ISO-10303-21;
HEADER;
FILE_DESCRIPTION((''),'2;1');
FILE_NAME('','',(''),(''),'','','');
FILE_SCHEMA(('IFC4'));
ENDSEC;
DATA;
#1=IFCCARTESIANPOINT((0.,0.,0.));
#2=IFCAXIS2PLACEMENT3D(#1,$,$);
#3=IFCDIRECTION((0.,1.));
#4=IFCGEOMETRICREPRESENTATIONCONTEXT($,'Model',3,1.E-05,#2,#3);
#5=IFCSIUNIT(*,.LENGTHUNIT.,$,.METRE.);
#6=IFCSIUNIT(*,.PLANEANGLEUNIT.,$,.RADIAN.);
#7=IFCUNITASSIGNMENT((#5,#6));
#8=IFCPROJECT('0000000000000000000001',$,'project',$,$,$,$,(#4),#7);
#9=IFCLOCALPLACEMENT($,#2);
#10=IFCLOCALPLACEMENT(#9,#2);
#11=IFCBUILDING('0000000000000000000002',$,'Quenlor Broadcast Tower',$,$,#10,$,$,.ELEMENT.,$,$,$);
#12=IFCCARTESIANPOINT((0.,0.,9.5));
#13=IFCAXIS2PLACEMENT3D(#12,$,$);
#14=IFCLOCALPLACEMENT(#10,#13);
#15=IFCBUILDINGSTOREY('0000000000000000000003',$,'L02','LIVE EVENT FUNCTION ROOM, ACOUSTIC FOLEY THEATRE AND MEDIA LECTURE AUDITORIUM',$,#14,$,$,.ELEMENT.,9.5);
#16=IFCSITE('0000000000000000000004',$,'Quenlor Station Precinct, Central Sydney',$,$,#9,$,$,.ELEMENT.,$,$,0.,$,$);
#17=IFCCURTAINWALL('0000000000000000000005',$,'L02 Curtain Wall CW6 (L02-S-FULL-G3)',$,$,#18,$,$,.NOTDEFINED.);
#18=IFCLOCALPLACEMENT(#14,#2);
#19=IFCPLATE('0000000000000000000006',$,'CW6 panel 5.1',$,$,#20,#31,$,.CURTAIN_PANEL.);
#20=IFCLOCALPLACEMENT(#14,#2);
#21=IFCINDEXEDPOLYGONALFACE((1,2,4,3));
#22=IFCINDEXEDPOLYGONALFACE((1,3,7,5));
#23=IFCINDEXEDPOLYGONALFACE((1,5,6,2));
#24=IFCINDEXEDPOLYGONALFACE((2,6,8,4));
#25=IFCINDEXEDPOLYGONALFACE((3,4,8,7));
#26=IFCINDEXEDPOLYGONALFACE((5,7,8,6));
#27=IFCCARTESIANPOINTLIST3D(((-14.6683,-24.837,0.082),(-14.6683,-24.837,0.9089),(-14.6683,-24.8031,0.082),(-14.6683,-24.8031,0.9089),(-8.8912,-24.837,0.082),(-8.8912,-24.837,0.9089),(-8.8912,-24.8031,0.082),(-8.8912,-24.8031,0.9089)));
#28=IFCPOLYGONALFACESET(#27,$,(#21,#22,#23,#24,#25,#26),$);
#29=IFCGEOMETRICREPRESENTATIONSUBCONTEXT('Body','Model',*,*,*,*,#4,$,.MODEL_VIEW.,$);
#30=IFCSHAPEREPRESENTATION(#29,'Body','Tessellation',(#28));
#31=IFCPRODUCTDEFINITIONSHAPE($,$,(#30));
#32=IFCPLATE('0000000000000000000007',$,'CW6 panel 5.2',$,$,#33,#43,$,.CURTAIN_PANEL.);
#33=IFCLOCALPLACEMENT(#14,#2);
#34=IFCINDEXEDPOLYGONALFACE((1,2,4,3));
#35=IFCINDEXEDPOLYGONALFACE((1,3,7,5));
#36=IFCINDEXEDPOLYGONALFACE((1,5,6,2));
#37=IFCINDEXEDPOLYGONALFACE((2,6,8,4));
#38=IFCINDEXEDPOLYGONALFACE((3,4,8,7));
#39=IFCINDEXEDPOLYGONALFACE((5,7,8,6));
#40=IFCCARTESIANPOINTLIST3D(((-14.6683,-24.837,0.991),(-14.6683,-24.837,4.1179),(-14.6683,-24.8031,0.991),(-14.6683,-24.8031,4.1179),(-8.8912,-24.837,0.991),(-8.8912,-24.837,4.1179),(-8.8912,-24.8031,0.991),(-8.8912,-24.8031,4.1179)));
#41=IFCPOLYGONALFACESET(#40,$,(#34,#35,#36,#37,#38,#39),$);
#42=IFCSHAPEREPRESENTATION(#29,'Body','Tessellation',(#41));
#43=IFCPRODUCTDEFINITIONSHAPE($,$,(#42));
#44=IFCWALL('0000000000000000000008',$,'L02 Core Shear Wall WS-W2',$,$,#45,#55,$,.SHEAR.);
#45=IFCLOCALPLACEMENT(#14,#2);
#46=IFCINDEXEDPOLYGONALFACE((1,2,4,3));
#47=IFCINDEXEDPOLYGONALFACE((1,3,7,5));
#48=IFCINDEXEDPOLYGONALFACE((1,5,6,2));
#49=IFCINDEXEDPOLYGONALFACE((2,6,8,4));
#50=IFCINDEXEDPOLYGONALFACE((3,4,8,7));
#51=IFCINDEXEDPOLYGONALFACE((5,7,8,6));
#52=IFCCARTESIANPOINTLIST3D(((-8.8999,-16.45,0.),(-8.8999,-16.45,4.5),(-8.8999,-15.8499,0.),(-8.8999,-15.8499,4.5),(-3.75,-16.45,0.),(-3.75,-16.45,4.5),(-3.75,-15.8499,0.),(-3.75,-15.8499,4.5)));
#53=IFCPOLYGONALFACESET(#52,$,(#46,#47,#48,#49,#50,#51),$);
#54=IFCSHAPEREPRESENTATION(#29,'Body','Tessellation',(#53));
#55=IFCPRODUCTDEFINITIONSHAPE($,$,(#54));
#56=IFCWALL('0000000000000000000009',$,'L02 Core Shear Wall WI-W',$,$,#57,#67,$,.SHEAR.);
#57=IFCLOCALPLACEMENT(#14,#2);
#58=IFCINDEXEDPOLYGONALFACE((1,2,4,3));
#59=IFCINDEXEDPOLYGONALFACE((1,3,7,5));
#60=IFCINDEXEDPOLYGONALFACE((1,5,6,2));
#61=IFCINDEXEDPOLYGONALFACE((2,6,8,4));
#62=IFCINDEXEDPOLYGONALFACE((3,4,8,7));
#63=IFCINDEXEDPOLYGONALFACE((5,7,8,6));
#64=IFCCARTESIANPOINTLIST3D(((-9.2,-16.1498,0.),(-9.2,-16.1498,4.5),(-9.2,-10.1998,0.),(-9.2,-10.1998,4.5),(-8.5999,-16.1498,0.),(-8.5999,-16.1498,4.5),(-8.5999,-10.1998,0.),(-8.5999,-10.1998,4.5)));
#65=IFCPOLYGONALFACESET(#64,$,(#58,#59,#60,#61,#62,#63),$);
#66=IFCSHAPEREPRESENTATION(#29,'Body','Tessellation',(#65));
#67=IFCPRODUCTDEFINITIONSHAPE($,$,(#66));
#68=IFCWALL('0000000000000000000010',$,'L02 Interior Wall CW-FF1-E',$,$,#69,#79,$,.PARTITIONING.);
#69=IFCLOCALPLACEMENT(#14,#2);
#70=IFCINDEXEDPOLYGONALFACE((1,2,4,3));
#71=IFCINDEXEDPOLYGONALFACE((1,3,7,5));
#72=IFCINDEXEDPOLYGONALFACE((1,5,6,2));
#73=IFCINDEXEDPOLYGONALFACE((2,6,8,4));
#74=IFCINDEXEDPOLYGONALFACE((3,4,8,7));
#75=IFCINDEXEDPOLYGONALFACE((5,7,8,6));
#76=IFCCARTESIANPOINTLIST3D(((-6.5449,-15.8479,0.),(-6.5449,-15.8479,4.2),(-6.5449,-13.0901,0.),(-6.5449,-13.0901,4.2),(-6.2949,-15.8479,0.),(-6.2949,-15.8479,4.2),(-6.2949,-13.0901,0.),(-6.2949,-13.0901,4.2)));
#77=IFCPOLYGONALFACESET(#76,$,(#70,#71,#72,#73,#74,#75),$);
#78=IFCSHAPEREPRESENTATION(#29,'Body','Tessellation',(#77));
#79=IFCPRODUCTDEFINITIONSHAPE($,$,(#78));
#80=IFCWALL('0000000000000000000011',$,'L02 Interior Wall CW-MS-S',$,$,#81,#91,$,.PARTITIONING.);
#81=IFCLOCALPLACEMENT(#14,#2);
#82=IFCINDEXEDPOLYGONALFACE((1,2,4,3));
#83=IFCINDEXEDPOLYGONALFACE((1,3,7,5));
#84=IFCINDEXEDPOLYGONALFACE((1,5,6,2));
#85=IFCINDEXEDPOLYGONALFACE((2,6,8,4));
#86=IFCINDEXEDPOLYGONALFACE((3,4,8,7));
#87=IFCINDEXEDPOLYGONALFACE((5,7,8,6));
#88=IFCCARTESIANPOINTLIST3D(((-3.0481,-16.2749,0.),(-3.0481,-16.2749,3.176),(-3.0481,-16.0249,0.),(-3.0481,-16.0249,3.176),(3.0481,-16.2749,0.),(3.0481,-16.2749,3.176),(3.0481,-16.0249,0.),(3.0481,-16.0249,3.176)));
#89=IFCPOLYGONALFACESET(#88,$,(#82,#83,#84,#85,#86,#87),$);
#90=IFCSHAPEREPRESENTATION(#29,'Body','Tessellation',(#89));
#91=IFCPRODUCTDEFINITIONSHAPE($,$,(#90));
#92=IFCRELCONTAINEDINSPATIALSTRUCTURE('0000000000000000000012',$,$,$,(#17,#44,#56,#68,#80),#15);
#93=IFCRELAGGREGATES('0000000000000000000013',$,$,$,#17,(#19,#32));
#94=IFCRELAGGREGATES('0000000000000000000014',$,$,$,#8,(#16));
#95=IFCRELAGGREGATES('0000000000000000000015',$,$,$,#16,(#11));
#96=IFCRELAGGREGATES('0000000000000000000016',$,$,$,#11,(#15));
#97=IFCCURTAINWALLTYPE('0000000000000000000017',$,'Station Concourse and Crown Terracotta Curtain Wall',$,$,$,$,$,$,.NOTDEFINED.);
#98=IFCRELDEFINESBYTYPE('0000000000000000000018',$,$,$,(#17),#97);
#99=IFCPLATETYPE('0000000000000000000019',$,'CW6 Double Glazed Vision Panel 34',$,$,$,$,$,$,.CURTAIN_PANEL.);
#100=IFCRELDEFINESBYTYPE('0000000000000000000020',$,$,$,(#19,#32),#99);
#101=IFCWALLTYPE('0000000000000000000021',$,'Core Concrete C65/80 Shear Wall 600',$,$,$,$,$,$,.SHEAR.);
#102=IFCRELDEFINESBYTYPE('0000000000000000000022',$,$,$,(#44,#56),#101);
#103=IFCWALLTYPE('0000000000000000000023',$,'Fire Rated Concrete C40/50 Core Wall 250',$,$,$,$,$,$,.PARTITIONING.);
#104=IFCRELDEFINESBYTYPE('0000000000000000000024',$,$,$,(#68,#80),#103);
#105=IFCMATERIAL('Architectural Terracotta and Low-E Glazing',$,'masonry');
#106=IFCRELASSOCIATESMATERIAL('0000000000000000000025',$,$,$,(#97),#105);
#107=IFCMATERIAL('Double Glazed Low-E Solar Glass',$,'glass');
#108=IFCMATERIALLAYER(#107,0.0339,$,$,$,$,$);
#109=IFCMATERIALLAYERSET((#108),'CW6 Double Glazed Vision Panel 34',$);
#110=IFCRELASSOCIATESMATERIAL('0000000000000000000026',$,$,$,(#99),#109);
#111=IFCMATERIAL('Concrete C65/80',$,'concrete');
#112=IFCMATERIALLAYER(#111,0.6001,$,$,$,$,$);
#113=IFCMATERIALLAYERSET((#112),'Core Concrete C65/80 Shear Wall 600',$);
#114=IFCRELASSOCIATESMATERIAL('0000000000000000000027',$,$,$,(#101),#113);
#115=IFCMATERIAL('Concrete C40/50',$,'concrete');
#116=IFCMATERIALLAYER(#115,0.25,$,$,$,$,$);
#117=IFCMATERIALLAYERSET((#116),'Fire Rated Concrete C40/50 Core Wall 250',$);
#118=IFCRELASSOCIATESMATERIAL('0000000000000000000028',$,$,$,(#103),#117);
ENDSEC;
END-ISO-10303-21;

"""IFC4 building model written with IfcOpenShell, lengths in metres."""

from ifc_helpers import new_model, si_unit, direction, frame, frame_2d, origin, origin_2d, place, context, subcontext, project, spatial, rectangle, extrude, material, layer, layer_set, type_object, element, aggregate, save


model = new_model("IFC4")

# Units and contexts
model_context = context("Model", 3, precision=1e-05, world=origin(), true_north=direction((0.0, 1.0)))
body_context = subcontext(model_context, "Body", "Model", "MODEL_VIEW")
ifc_project = project(units=[si_unit("LENGTHUNIT", "METRE"), si_unit("PLANEANGLEUNIT", "RADIAN")], contexts=[model_context])

# Site, building, storey
site_placement = place(None, origin())
site = spatial("IfcSite", under=ifc_project, at=site_placement, Name="Quenlor Station Precinct, Central Sydney", CompositionType="ELEMENT", RefElevation=0.0)
building_placement = place(site_placement, origin())
building = spatial("IfcBuilding", under=site, at=building_placement, Name="Quenlor Broadcast Tower", CompositionType="ELEMENT")
storey_placement = place(building_placement, frame((0.0, 0.0, 9.5)))
storey = spatial("IfcBuildingStorey", under=building, at=storey_placement, Name="L02", Description="LIVE EVENT FUNCTION ROOM, ACOUSTIC FOLEY THEATRE AND MEDIA LECTURE AUDITORIUM", CompositionType="ELEMENT", Elevation=9.5)

# Curtain wall
ifc_material_1 = material(Name="Architectural Terracotta and Low-E Glazing", Category="masonry")
curtain_wall_type = type_object("IfcCurtainWallType", Name="Station Concourse and Crown Terracotta Curtain Wall", PredefinedType="NOTDEFINED", material=ifc_material_1)
curtain_wall_placement = place(storey_placement, origin())
curtain_wall = element("IfcCurtainWall", 1, at=curtain_wall_placement, inside=storey, type_object=curtain_wall_type, Name="L02 Curtain Wall CW6 (L02-S-FULL-G3)", PredefinedType="NOTDEFINED")

# Plates
ifc_material_2 = material(Name="Double Glazed Low-E Solar Glass", Category="glass")
ifc_layer_1 = layer(ifc_material_2, 0.0339)
ifc_layer_set_1 = layer_set([ifc_layer_1], Name="CW6 Double Glazed Vision Panel 34")
plate_type = type_object("IfcPlateType", Name="CW6 Double Glazed Vision Panel 34", PredefinedType="CURTAIN_PANEL", material=ifc_layer_set_1)
plate_1_placement = place(storey_placement, frame((-11.7798, -24.8201, 0.082), z_axis=(0.0, 0.0, 1.0), x_axis=(-1.0, 0.0, 0.0)))
plate_1 = element("IfcPlate", 2, at=plate_1_placement, type_object=plate_type, Name="CW6 panel 5.1", PredefinedType="CURTAIN_PANEL", context=body_context, shape_type="SweptSolid", body=[
    extrude(rectangle(XDim=5.7771, YDim=0.0339, at=origin_2d()), origin(), (0.0, 0.0, 1.0), 0.8269),
])
plate_2_placement = place(storey_placement, frame((-11.7798, -24.8201, 0.991), z_axis=(0.0, 0.0, 1.0), x_axis=(-1.0, 0.0, 0.0)))
plate_2 = element("IfcPlate", 3, at=plate_2_placement, type_object=plate_type, Name="CW6 panel 5.2", PredefinedType="CURTAIN_PANEL", context=body_context, shape_type="SweptSolid", body=[
    extrude(rectangle(XDim=5.7771, YDim=0.0339, at=origin_2d()), origin(), (0.0, 0.0, 1.0), 3.127),
])
aggregate(curtain_wall, [plate_1, plate_2])

# Walls
ifc_material_3 = material(Name="Concrete C65/80", Category="concrete")
ifc_layer_2 = layer(ifc_material_3, 0.6001)
ifc_layer_set_2 = layer_set([ifc_layer_2], Name="Core Concrete C65/80 Shear Wall 600")
wall_type_1 = type_object("IfcWallType", Name="Core Concrete C65/80 Shear Wall 600", PredefinedType="SHEAR", material=ifc_layer_set_2)
wall_1_placement = place(storey_placement, frame((-8.8999, -16.1499, 0.0), z_axis=(0.0, 0.0, 1.0), x_axis=(1.0, 0.0, 0.0)))
element("IfcWall", 4, at=wall_1_placement, inside=storey, type_object=wall_type_1, Name="L02 Core Shear Wall WS-W2", PredefinedType="SHEAR", context=body_context, shape_type="SweptSolid", body=[
    extrude(rectangle(XDim=5.1499, YDim=0.6001, at=frame_2d((2.575, 0.0))), origin(), (0.0, 0.0, 1.0), 4.5),
])
wall_2_placement = place(storey_placement, frame((-8.8999, -16.1499, 0.0), z_axis=(0.0, 0.0, 1.0), x_axis=(0.0, 1.0, 0.0)))
element("IfcWall", 5, at=wall_2_placement, inside=storey, type_object=wall_type_1, Name="L02 Core Shear Wall WI-W", PredefinedType="SHEAR", context=body_context, shape_type="SweptSolid", body=[
    extrude(rectangle(XDim=5.95, YDim=0.6001, at=frame_2d((2.9751, 0.0))), origin(), (0.0, 0.0, 1.0), 4.5),
])
ifc_material_4 = material(Name="Concrete C40/50", Category="concrete")
ifc_layer_3 = layer(ifc_material_4, 0.25)
ifc_layer_set_3 = layer_set([ifc_layer_3], Name="Fire Rated Concrete C40/50 Core Wall 250")
wall_type_2 = type_object("IfcWallType", Name="Fire Rated Concrete C40/50 Core Wall 250", PredefinedType="PARTITIONING", material=ifc_layer_set_3)
wall_3_placement = place(storey_placement, frame((-6.4199, -15.8479, 0.0), z_axis=(0.0, 0.0, 1.0), x_axis=(0.0, 1.0, 0.0)))
element("IfcWall", 6, at=wall_3_placement, inside=storey, type_object=wall_type_2, Name="L02 Interior Wall CW-FF1-E", PredefinedType="PARTITIONING", context=body_context, shape_type="SweptSolid", body=[
    extrude(rectangle(XDim=2.7578, YDim=0.25, at=frame_2d((1.3789, 0.0))), origin(), (0.0, 0.0, 1.0), 4.2),
])
wall_4_placement = place(storey_placement, frame((-3.0481, -16.1499, 0.0), z_axis=(0.0, 0.0, 1.0), x_axis=(1.0, 0.0, 0.0)))
element("IfcWall", 7, at=wall_4_placement, inside=storey, type_object=wall_type_2, Name="L02 Interior Wall CW-MS-S", PredefinedType="PARTITIONING", context=body_context, shape_type="SweptSolid", body=[
    extrude(rectangle(XDim=6.0962, YDim=0.25, at=frame_2d((3.0481, 0.0))), origin(), (0.0, 0.0, 1.0), 3.176),
])

save(model, "model.ifc")
